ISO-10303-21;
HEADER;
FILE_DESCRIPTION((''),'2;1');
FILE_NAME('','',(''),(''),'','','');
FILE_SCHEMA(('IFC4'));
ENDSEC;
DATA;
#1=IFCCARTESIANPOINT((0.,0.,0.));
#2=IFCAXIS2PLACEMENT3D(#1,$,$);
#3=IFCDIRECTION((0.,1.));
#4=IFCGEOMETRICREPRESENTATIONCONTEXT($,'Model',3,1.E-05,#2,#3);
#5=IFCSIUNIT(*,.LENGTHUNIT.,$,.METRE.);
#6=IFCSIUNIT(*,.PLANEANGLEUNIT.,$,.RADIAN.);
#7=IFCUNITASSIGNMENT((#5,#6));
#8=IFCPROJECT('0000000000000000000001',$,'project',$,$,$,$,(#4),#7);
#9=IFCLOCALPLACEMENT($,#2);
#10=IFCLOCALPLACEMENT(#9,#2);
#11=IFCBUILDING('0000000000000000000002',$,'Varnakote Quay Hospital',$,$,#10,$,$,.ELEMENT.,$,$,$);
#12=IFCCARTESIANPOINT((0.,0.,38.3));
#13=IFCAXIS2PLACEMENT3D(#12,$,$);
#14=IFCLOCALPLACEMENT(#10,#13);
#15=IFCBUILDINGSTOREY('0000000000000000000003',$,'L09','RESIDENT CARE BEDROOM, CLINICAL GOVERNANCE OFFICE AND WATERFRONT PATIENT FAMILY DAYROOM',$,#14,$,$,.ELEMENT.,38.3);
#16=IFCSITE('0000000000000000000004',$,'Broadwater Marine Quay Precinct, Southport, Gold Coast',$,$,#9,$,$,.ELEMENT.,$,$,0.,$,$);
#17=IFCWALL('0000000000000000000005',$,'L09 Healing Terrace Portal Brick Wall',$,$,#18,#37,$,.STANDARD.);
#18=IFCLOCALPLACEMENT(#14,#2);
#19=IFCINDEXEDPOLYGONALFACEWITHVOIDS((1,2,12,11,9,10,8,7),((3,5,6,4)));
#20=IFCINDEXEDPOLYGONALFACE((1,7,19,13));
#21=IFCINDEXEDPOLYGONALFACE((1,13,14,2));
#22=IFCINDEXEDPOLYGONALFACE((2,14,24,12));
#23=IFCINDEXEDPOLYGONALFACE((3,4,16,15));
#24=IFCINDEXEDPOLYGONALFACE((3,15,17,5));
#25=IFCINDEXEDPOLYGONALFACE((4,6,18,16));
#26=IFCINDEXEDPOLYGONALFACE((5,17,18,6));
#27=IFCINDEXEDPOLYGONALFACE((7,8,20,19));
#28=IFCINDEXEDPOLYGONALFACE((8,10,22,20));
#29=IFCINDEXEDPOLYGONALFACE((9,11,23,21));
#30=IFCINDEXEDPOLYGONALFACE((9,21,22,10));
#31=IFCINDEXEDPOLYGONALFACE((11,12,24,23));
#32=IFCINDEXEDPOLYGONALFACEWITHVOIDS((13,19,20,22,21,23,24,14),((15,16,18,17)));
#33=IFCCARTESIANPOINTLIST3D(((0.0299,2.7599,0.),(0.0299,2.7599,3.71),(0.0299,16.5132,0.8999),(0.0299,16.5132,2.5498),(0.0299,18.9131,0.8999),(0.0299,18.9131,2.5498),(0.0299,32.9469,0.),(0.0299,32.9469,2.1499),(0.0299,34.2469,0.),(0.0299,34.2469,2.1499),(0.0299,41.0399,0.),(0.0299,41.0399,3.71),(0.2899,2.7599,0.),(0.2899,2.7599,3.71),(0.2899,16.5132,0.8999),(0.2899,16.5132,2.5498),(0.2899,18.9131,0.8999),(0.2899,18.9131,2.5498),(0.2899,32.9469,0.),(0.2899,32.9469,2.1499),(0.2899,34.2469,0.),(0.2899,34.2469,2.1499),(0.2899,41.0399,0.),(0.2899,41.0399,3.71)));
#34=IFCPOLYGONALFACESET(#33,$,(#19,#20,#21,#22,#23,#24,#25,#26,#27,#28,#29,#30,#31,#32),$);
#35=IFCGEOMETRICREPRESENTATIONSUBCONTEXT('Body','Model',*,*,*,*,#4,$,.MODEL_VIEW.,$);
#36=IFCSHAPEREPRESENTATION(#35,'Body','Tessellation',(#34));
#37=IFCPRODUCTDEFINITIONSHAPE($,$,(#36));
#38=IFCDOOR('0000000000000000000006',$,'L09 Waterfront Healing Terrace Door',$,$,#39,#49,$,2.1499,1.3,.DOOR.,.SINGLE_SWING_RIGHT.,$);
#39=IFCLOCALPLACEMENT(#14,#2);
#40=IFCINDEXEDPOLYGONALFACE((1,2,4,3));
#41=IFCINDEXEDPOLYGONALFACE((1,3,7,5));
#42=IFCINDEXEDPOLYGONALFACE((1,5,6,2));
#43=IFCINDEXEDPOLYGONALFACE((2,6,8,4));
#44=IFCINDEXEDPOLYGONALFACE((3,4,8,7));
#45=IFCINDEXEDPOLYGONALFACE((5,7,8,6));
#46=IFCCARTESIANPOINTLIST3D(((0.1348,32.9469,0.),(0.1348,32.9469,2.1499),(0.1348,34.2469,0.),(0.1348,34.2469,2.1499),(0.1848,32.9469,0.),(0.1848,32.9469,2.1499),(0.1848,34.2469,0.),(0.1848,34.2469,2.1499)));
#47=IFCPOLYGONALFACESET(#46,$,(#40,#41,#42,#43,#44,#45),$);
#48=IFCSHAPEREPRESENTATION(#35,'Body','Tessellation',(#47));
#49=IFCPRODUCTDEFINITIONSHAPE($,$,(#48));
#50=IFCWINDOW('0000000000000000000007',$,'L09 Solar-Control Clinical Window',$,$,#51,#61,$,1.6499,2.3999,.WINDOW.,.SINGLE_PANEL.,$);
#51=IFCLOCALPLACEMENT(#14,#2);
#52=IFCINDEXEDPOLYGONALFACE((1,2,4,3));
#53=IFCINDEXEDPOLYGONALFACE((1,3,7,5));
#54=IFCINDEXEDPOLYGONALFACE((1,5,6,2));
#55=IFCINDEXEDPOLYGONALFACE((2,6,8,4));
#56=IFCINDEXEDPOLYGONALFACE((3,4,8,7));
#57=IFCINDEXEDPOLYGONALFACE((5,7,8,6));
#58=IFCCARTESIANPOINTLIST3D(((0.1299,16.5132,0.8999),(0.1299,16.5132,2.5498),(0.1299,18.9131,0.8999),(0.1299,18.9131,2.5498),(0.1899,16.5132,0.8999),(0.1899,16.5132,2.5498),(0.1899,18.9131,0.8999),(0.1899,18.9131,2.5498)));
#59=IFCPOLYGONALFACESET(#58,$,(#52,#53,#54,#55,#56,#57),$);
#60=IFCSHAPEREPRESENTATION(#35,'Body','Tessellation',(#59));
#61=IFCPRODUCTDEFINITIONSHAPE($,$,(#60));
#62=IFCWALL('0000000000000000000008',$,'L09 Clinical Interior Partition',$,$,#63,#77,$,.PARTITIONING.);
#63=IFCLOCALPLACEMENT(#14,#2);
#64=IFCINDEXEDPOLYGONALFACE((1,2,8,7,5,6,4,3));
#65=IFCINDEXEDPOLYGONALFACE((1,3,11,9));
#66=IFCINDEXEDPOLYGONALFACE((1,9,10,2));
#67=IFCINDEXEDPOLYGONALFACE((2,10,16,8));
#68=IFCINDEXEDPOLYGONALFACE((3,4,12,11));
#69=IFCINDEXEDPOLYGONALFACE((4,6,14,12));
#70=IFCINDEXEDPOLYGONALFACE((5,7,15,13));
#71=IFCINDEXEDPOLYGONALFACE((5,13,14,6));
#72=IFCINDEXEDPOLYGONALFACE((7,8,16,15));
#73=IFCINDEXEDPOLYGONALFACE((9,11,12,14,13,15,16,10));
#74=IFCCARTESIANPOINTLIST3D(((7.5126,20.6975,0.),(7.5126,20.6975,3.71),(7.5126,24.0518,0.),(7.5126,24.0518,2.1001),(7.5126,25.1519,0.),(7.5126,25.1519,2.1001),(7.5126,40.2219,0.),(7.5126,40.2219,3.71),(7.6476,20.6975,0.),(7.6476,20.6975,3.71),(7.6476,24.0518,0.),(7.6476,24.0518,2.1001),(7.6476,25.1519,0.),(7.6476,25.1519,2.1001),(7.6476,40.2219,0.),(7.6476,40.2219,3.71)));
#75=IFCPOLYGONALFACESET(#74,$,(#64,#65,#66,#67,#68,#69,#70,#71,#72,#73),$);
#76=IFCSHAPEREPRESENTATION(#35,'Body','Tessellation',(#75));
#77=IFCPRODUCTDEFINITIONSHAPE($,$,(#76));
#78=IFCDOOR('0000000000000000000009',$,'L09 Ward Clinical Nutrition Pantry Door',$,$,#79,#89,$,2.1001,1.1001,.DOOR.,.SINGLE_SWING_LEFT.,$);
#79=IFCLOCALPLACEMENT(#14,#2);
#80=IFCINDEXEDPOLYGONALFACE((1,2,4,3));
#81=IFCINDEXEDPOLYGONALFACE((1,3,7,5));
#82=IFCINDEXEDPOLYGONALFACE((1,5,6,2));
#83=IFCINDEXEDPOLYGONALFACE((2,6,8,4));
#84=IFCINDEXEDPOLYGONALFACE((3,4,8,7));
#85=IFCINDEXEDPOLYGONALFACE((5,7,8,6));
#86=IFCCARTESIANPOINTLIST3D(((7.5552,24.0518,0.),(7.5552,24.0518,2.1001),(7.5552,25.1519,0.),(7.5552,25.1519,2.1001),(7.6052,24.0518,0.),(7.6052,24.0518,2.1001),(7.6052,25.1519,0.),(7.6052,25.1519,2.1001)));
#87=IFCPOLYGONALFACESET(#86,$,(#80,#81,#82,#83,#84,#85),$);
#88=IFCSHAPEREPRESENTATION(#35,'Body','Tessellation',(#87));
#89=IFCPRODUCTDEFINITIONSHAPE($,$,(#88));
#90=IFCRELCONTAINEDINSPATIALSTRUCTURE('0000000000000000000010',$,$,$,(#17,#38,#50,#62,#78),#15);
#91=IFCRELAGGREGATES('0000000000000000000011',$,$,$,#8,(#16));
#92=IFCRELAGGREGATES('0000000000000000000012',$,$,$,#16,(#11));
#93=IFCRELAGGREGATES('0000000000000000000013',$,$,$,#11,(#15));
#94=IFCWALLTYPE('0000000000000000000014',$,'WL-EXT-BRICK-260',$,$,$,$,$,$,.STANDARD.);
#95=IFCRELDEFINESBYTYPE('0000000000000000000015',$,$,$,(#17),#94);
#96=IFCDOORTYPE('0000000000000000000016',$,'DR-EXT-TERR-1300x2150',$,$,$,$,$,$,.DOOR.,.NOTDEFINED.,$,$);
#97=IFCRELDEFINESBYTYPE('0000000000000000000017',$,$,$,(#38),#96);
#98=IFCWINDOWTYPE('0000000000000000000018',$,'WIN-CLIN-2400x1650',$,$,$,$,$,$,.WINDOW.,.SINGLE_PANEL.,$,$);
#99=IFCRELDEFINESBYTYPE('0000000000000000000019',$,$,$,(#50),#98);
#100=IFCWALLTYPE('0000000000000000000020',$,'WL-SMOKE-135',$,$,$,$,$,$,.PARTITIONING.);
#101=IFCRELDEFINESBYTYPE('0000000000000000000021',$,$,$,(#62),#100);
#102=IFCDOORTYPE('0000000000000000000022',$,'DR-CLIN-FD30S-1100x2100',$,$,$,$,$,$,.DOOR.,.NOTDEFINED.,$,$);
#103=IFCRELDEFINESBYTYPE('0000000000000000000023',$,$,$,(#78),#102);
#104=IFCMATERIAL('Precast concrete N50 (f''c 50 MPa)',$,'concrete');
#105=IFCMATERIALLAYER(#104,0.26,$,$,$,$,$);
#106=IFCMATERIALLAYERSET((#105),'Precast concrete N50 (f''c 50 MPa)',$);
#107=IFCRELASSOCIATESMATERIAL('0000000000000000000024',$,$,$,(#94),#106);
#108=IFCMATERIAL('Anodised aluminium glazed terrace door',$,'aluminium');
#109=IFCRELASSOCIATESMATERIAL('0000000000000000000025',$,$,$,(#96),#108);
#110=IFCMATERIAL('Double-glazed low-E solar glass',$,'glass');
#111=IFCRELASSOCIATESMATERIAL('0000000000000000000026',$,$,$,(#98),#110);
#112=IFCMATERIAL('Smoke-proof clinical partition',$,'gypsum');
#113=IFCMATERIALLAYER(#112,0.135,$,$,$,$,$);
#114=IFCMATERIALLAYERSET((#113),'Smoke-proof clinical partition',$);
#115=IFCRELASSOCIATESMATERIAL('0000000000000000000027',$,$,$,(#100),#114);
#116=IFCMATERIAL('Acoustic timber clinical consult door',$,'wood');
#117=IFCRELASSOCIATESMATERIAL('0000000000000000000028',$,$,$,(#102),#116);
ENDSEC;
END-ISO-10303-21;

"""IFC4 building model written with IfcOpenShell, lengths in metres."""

from ifc_helpers import new_model, si_unit, direction, frame, frame_2d, origin, place, context, subcontext, project, spatial, rectangle, extrude, material, layer, layer_set, type_object, element, fill, save


model = new_model("IFC4")

# Units and contexts
model_context = context("Model", 3, precision=1e-05, world=origin(), true_north=direction((0.0, 1.0)))
body_context = subcontext(model_context, "Body", "Model", "MODEL_VIEW")
ifc_project = project(units=[si_unit("LENGTHUNIT", "METRE"), si_unit("PLANEANGLEUNIT", "RADIAN")], contexts=[model_context])

# Site, building, storey
site_placement = place(None, origin())
site = spatial("IfcSite", under=ifc_project, at=site_placement, Name="Broadwater Marine Quay Precinct, Southport, Gold Coast", CompositionType="ELEMENT", RefElevation=0.0)
building_placement = place(site_placement, origin())
building = spatial("IfcBuilding", under=site, at=building_placement, Name="Varnakote Quay Hospital", CompositionType="ELEMENT")
storey_placement = place(building_placement, frame((0.0, 0.0, 38.3)))
storey = spatial("IfcBuildingStorey", under=building, at=storey_placement, Name="L09", Description="RESIDENT CARE BEDROOM, CLINICAL GOVERNANCE OFFICE AND WATERFRONT PATIENT FAMILY DAYROOM", CompositionType="ELEMENT", Elevation=38.3)

# Shared definitions
ifc_material_1 = material(Name="Precast concrete N50 (f'c 50 MPa)", Category="concrete")
ifc_layer_1 = layer(ifc_material_1, 0.26)
ifc_layer_set_1 = layer_set([ifc_layer_1], Name="Precast concrete N50 (f'c 50 MPa)")
wall_type_1 = type_object("IfcWallType", Name="WL-EXT-BRICK-260", PredefinedType="STANDARD", material=ifc_layer_set_1)

# Wall, openings, door, window
wall_1_placement = place(storey_placement, frame((0.1599, 41.04, 0.0), z_axis=(0.0, 0.0, 1.0), x_axis=(0.0, -1.0, 0.0)))
wall_1 = element("IfcWall", 1, at=wall_1_placement, inside=storey, type_object=wall_type_1, Name="L09 Healing Terrace Portal Brick Wall", PredefinedType="STANDARD", context=body_context, shape_type="SweptSolid", body=[
    extrude(rectangle(XDim=38.28, YDim=0.26, at=frame_2d((19.1401, 0.0))), origin(), (0.0, 0.0, 1.0), 3.71),
])
opening_1_placement = place(wall_1_placement, frame((6.7932, 0.0, 0.0)))
opening_1 = element("IfcOpeningElement", 2, at=opening_1_placement, cuts=wall_1, PredefinedType="OPENING", context=body_context, shape_type="SweptSolid", body=[
    extrude(rectangle(XDim=1.3, YDim=2.1499, at=frame_2d((0.6499, 1.075))), frame((0.0, 0.1399, 0.0), z_axis=(0.0, -1.0, 0.0), x_axis=(1.0, 0.0, 0.0)), (0.0, 0.0, 1.0), 0.28),
])
opening_2_placement = place(wall_1_placement, frame((22.127, 0.0, 0.8999)))
opening_2 = element("IfcOpeningElement", 3, at=opening_2_placement, cuts=wall_1, PredefinedType="OPENING", context=body_context, shape_type="SweptSolid", body=[
    extrude(rectangle(XDim=2.3999, YDim=1.6499, at=frame_2d((1.2, 0.825))), frame((0.0, 0.1399, 0.0), z_axis=(0.0, -1.0, 0.0), x_axis=(1.0, 0.0, 0.0)), (0.0, 0.0, 1.0), 0.28),
])
ifc_material_2 = material(Name="Anodised aluminium glazed terrace door", Category="aluminium")
door_type_1 = type_object("IfcDoorType", Name="DR-EXT-TERR-1300x2150", OperationType="NOTDEFINED", PredefinedType="DOOR", material=ifc_material_2)
door_1_placement = place(opening_1_placement, origin())
door_1 = element("IfcDoor", 4, at=door_1_placement, inside=storey, type_object=door_type_1, Name="L09 Waterfront Healing Terrace Door", OperationType="SINGLE_SWING_RIGHT", OverallHeight=2.1499, OverallWidth=1.3, PredefinedType="DOOR", context=body_context, shape_type="SweptSolid", body=[
    extrude(rectangle(XDim=1.3, YDim=2.1499, at=frame_2d((0.6499, 1.075))), frame((0.0, 0.0249, 0.0), z_axis=(0.0, -1.0, 0.0), x_axis=(1.0, 0.0, 0.0)), (0.0, 0.0, 1.0), 0.05),
])
fill(opening_1, door_1)
ifc_material_3 = material(Name="Double-glazed low-E solar glass", Category="glass")
window_type = type_object("IfcWindowType", Name="WIN-CLIN-2400x1650", PartitioningType="SINGLE_PANEL", PredefinedType="WINDOW", material=ifc_material_3)
window_placement = place(opening_2_placement, origin())
window = element("IfcWindow", 5, at=window_placement, inside=storey, type_object=window_type, Name="L09 Solar-Control Clinical Window", OverallHeight=1.6499, OverallWidth=2.3999, PartitioningType="SINGLE_PANEL", PredefinedType="WINDOW", context=body_context, shape_type="SweptSolid", body=[
    extrude(rectangle(XDim=2.3999, YDim=1.6499, at=frame_2d((1.2, 0.825))), frame((0.0, 0.03, 0.0), z_axis=(0.0, -1.0, 0.0), x_axis=(1.0, 0.0, 0.0)), (0.0, 0.0, 1.0), 0.0601),
])
fill(opening_2, window)

# Wall, opening, door
ifc_material_4 = material(Name="Smoke-proof clinical partition", Category="gypsum")
ifc_layer_2 = layer(ifc_material_4, 0.135)
ifc_layer_set_2 = layer_set([ifc_layer_2], Name="Smoke-proof clinical partition")
wall_type_2 = type_object("IfcWallType", Name="WL-SMOKE-135", PredefinedType="PARTITIONING", material=ifc_layer_set_2)
wall_2_placement = place(storey_placement, frame((7.5801, 20.6975, 0.0), z_axis=(0.0, 0.0, 1.0), x_axis=(0.0, 1.0, 0.0)))
wall_2 = element("IfcWall", 6, at=wall_2_placement, inside=storey, type_object=wall_type_2, Name="L09 Clinical Interior Partition", PredefinedType="PARTITIONING", context=body_context, shape_type="SweptSolid", body=[
    extrude(rectangle(XDim=19.5244, YDim=0.135, at=frame_2d((9.7622, 0.0))), origin(), (0.0, 0.0, 1.0), 3.71),
])
opening_3_placement = place(wall_2_placement, frame((3.3542, 0.0, 0.0)))
opening_3 = element("IfcOpeningElement", 7, at=opening_3_placement, cuts=wall_2, PredefinedType="OPENING", context=body_context, shape_type="SweptSolid", body=[
    extrude(rectangle(XDim=1.1001, YDim=2.1001, at=frame_2d((0.55, 1.05))), frame((0.0, 0.0774, 0.0), z_axis=(0.0, -1.0, 0.0), x_axis=(1.0, 0.0, 0.0)), (0.0, 0.0, 1.0), 0.155),
])
ifc_material_5 = material(Name="Acoustic timber clinical consult door", Category="wood")
door_type_2 = type_object("IfcDoorType", Name="DR-CLIN-FD30S-1100x2100", OperationType="NOTDEFINED", PredefinedType="DOOR", material=ifc_material_5)
door_2_placement = place(opening_3_placement, origin())
door_2 = element("IfcDoor", 8, at=door_2_placement, inside=storey, type_object=door_type_2, Name="L09 Ward Clinical Nutrition Pantry Door", OperationType="SINGLE_SWING_LEFT", OverallHeight=2.1001, OverallWidth=1.1001, PredefinedType="DOOR", context=body_context, shape_type="SweptSolid", body=[
    extrude(rectangle(XDim=1.1001, YDim=2.1001, at=frame_2d((0.55, 1.05))), frame((0.0, 0.0249, 0.0), z_axis=(0.0, -1.0, 0.0), x_axis=(1.0, 0.0, 0.0)), (0.0, 0.0, 1.0), 0.05),
])
fill(opening_3, door_2)

save(model, "model.ifc")
